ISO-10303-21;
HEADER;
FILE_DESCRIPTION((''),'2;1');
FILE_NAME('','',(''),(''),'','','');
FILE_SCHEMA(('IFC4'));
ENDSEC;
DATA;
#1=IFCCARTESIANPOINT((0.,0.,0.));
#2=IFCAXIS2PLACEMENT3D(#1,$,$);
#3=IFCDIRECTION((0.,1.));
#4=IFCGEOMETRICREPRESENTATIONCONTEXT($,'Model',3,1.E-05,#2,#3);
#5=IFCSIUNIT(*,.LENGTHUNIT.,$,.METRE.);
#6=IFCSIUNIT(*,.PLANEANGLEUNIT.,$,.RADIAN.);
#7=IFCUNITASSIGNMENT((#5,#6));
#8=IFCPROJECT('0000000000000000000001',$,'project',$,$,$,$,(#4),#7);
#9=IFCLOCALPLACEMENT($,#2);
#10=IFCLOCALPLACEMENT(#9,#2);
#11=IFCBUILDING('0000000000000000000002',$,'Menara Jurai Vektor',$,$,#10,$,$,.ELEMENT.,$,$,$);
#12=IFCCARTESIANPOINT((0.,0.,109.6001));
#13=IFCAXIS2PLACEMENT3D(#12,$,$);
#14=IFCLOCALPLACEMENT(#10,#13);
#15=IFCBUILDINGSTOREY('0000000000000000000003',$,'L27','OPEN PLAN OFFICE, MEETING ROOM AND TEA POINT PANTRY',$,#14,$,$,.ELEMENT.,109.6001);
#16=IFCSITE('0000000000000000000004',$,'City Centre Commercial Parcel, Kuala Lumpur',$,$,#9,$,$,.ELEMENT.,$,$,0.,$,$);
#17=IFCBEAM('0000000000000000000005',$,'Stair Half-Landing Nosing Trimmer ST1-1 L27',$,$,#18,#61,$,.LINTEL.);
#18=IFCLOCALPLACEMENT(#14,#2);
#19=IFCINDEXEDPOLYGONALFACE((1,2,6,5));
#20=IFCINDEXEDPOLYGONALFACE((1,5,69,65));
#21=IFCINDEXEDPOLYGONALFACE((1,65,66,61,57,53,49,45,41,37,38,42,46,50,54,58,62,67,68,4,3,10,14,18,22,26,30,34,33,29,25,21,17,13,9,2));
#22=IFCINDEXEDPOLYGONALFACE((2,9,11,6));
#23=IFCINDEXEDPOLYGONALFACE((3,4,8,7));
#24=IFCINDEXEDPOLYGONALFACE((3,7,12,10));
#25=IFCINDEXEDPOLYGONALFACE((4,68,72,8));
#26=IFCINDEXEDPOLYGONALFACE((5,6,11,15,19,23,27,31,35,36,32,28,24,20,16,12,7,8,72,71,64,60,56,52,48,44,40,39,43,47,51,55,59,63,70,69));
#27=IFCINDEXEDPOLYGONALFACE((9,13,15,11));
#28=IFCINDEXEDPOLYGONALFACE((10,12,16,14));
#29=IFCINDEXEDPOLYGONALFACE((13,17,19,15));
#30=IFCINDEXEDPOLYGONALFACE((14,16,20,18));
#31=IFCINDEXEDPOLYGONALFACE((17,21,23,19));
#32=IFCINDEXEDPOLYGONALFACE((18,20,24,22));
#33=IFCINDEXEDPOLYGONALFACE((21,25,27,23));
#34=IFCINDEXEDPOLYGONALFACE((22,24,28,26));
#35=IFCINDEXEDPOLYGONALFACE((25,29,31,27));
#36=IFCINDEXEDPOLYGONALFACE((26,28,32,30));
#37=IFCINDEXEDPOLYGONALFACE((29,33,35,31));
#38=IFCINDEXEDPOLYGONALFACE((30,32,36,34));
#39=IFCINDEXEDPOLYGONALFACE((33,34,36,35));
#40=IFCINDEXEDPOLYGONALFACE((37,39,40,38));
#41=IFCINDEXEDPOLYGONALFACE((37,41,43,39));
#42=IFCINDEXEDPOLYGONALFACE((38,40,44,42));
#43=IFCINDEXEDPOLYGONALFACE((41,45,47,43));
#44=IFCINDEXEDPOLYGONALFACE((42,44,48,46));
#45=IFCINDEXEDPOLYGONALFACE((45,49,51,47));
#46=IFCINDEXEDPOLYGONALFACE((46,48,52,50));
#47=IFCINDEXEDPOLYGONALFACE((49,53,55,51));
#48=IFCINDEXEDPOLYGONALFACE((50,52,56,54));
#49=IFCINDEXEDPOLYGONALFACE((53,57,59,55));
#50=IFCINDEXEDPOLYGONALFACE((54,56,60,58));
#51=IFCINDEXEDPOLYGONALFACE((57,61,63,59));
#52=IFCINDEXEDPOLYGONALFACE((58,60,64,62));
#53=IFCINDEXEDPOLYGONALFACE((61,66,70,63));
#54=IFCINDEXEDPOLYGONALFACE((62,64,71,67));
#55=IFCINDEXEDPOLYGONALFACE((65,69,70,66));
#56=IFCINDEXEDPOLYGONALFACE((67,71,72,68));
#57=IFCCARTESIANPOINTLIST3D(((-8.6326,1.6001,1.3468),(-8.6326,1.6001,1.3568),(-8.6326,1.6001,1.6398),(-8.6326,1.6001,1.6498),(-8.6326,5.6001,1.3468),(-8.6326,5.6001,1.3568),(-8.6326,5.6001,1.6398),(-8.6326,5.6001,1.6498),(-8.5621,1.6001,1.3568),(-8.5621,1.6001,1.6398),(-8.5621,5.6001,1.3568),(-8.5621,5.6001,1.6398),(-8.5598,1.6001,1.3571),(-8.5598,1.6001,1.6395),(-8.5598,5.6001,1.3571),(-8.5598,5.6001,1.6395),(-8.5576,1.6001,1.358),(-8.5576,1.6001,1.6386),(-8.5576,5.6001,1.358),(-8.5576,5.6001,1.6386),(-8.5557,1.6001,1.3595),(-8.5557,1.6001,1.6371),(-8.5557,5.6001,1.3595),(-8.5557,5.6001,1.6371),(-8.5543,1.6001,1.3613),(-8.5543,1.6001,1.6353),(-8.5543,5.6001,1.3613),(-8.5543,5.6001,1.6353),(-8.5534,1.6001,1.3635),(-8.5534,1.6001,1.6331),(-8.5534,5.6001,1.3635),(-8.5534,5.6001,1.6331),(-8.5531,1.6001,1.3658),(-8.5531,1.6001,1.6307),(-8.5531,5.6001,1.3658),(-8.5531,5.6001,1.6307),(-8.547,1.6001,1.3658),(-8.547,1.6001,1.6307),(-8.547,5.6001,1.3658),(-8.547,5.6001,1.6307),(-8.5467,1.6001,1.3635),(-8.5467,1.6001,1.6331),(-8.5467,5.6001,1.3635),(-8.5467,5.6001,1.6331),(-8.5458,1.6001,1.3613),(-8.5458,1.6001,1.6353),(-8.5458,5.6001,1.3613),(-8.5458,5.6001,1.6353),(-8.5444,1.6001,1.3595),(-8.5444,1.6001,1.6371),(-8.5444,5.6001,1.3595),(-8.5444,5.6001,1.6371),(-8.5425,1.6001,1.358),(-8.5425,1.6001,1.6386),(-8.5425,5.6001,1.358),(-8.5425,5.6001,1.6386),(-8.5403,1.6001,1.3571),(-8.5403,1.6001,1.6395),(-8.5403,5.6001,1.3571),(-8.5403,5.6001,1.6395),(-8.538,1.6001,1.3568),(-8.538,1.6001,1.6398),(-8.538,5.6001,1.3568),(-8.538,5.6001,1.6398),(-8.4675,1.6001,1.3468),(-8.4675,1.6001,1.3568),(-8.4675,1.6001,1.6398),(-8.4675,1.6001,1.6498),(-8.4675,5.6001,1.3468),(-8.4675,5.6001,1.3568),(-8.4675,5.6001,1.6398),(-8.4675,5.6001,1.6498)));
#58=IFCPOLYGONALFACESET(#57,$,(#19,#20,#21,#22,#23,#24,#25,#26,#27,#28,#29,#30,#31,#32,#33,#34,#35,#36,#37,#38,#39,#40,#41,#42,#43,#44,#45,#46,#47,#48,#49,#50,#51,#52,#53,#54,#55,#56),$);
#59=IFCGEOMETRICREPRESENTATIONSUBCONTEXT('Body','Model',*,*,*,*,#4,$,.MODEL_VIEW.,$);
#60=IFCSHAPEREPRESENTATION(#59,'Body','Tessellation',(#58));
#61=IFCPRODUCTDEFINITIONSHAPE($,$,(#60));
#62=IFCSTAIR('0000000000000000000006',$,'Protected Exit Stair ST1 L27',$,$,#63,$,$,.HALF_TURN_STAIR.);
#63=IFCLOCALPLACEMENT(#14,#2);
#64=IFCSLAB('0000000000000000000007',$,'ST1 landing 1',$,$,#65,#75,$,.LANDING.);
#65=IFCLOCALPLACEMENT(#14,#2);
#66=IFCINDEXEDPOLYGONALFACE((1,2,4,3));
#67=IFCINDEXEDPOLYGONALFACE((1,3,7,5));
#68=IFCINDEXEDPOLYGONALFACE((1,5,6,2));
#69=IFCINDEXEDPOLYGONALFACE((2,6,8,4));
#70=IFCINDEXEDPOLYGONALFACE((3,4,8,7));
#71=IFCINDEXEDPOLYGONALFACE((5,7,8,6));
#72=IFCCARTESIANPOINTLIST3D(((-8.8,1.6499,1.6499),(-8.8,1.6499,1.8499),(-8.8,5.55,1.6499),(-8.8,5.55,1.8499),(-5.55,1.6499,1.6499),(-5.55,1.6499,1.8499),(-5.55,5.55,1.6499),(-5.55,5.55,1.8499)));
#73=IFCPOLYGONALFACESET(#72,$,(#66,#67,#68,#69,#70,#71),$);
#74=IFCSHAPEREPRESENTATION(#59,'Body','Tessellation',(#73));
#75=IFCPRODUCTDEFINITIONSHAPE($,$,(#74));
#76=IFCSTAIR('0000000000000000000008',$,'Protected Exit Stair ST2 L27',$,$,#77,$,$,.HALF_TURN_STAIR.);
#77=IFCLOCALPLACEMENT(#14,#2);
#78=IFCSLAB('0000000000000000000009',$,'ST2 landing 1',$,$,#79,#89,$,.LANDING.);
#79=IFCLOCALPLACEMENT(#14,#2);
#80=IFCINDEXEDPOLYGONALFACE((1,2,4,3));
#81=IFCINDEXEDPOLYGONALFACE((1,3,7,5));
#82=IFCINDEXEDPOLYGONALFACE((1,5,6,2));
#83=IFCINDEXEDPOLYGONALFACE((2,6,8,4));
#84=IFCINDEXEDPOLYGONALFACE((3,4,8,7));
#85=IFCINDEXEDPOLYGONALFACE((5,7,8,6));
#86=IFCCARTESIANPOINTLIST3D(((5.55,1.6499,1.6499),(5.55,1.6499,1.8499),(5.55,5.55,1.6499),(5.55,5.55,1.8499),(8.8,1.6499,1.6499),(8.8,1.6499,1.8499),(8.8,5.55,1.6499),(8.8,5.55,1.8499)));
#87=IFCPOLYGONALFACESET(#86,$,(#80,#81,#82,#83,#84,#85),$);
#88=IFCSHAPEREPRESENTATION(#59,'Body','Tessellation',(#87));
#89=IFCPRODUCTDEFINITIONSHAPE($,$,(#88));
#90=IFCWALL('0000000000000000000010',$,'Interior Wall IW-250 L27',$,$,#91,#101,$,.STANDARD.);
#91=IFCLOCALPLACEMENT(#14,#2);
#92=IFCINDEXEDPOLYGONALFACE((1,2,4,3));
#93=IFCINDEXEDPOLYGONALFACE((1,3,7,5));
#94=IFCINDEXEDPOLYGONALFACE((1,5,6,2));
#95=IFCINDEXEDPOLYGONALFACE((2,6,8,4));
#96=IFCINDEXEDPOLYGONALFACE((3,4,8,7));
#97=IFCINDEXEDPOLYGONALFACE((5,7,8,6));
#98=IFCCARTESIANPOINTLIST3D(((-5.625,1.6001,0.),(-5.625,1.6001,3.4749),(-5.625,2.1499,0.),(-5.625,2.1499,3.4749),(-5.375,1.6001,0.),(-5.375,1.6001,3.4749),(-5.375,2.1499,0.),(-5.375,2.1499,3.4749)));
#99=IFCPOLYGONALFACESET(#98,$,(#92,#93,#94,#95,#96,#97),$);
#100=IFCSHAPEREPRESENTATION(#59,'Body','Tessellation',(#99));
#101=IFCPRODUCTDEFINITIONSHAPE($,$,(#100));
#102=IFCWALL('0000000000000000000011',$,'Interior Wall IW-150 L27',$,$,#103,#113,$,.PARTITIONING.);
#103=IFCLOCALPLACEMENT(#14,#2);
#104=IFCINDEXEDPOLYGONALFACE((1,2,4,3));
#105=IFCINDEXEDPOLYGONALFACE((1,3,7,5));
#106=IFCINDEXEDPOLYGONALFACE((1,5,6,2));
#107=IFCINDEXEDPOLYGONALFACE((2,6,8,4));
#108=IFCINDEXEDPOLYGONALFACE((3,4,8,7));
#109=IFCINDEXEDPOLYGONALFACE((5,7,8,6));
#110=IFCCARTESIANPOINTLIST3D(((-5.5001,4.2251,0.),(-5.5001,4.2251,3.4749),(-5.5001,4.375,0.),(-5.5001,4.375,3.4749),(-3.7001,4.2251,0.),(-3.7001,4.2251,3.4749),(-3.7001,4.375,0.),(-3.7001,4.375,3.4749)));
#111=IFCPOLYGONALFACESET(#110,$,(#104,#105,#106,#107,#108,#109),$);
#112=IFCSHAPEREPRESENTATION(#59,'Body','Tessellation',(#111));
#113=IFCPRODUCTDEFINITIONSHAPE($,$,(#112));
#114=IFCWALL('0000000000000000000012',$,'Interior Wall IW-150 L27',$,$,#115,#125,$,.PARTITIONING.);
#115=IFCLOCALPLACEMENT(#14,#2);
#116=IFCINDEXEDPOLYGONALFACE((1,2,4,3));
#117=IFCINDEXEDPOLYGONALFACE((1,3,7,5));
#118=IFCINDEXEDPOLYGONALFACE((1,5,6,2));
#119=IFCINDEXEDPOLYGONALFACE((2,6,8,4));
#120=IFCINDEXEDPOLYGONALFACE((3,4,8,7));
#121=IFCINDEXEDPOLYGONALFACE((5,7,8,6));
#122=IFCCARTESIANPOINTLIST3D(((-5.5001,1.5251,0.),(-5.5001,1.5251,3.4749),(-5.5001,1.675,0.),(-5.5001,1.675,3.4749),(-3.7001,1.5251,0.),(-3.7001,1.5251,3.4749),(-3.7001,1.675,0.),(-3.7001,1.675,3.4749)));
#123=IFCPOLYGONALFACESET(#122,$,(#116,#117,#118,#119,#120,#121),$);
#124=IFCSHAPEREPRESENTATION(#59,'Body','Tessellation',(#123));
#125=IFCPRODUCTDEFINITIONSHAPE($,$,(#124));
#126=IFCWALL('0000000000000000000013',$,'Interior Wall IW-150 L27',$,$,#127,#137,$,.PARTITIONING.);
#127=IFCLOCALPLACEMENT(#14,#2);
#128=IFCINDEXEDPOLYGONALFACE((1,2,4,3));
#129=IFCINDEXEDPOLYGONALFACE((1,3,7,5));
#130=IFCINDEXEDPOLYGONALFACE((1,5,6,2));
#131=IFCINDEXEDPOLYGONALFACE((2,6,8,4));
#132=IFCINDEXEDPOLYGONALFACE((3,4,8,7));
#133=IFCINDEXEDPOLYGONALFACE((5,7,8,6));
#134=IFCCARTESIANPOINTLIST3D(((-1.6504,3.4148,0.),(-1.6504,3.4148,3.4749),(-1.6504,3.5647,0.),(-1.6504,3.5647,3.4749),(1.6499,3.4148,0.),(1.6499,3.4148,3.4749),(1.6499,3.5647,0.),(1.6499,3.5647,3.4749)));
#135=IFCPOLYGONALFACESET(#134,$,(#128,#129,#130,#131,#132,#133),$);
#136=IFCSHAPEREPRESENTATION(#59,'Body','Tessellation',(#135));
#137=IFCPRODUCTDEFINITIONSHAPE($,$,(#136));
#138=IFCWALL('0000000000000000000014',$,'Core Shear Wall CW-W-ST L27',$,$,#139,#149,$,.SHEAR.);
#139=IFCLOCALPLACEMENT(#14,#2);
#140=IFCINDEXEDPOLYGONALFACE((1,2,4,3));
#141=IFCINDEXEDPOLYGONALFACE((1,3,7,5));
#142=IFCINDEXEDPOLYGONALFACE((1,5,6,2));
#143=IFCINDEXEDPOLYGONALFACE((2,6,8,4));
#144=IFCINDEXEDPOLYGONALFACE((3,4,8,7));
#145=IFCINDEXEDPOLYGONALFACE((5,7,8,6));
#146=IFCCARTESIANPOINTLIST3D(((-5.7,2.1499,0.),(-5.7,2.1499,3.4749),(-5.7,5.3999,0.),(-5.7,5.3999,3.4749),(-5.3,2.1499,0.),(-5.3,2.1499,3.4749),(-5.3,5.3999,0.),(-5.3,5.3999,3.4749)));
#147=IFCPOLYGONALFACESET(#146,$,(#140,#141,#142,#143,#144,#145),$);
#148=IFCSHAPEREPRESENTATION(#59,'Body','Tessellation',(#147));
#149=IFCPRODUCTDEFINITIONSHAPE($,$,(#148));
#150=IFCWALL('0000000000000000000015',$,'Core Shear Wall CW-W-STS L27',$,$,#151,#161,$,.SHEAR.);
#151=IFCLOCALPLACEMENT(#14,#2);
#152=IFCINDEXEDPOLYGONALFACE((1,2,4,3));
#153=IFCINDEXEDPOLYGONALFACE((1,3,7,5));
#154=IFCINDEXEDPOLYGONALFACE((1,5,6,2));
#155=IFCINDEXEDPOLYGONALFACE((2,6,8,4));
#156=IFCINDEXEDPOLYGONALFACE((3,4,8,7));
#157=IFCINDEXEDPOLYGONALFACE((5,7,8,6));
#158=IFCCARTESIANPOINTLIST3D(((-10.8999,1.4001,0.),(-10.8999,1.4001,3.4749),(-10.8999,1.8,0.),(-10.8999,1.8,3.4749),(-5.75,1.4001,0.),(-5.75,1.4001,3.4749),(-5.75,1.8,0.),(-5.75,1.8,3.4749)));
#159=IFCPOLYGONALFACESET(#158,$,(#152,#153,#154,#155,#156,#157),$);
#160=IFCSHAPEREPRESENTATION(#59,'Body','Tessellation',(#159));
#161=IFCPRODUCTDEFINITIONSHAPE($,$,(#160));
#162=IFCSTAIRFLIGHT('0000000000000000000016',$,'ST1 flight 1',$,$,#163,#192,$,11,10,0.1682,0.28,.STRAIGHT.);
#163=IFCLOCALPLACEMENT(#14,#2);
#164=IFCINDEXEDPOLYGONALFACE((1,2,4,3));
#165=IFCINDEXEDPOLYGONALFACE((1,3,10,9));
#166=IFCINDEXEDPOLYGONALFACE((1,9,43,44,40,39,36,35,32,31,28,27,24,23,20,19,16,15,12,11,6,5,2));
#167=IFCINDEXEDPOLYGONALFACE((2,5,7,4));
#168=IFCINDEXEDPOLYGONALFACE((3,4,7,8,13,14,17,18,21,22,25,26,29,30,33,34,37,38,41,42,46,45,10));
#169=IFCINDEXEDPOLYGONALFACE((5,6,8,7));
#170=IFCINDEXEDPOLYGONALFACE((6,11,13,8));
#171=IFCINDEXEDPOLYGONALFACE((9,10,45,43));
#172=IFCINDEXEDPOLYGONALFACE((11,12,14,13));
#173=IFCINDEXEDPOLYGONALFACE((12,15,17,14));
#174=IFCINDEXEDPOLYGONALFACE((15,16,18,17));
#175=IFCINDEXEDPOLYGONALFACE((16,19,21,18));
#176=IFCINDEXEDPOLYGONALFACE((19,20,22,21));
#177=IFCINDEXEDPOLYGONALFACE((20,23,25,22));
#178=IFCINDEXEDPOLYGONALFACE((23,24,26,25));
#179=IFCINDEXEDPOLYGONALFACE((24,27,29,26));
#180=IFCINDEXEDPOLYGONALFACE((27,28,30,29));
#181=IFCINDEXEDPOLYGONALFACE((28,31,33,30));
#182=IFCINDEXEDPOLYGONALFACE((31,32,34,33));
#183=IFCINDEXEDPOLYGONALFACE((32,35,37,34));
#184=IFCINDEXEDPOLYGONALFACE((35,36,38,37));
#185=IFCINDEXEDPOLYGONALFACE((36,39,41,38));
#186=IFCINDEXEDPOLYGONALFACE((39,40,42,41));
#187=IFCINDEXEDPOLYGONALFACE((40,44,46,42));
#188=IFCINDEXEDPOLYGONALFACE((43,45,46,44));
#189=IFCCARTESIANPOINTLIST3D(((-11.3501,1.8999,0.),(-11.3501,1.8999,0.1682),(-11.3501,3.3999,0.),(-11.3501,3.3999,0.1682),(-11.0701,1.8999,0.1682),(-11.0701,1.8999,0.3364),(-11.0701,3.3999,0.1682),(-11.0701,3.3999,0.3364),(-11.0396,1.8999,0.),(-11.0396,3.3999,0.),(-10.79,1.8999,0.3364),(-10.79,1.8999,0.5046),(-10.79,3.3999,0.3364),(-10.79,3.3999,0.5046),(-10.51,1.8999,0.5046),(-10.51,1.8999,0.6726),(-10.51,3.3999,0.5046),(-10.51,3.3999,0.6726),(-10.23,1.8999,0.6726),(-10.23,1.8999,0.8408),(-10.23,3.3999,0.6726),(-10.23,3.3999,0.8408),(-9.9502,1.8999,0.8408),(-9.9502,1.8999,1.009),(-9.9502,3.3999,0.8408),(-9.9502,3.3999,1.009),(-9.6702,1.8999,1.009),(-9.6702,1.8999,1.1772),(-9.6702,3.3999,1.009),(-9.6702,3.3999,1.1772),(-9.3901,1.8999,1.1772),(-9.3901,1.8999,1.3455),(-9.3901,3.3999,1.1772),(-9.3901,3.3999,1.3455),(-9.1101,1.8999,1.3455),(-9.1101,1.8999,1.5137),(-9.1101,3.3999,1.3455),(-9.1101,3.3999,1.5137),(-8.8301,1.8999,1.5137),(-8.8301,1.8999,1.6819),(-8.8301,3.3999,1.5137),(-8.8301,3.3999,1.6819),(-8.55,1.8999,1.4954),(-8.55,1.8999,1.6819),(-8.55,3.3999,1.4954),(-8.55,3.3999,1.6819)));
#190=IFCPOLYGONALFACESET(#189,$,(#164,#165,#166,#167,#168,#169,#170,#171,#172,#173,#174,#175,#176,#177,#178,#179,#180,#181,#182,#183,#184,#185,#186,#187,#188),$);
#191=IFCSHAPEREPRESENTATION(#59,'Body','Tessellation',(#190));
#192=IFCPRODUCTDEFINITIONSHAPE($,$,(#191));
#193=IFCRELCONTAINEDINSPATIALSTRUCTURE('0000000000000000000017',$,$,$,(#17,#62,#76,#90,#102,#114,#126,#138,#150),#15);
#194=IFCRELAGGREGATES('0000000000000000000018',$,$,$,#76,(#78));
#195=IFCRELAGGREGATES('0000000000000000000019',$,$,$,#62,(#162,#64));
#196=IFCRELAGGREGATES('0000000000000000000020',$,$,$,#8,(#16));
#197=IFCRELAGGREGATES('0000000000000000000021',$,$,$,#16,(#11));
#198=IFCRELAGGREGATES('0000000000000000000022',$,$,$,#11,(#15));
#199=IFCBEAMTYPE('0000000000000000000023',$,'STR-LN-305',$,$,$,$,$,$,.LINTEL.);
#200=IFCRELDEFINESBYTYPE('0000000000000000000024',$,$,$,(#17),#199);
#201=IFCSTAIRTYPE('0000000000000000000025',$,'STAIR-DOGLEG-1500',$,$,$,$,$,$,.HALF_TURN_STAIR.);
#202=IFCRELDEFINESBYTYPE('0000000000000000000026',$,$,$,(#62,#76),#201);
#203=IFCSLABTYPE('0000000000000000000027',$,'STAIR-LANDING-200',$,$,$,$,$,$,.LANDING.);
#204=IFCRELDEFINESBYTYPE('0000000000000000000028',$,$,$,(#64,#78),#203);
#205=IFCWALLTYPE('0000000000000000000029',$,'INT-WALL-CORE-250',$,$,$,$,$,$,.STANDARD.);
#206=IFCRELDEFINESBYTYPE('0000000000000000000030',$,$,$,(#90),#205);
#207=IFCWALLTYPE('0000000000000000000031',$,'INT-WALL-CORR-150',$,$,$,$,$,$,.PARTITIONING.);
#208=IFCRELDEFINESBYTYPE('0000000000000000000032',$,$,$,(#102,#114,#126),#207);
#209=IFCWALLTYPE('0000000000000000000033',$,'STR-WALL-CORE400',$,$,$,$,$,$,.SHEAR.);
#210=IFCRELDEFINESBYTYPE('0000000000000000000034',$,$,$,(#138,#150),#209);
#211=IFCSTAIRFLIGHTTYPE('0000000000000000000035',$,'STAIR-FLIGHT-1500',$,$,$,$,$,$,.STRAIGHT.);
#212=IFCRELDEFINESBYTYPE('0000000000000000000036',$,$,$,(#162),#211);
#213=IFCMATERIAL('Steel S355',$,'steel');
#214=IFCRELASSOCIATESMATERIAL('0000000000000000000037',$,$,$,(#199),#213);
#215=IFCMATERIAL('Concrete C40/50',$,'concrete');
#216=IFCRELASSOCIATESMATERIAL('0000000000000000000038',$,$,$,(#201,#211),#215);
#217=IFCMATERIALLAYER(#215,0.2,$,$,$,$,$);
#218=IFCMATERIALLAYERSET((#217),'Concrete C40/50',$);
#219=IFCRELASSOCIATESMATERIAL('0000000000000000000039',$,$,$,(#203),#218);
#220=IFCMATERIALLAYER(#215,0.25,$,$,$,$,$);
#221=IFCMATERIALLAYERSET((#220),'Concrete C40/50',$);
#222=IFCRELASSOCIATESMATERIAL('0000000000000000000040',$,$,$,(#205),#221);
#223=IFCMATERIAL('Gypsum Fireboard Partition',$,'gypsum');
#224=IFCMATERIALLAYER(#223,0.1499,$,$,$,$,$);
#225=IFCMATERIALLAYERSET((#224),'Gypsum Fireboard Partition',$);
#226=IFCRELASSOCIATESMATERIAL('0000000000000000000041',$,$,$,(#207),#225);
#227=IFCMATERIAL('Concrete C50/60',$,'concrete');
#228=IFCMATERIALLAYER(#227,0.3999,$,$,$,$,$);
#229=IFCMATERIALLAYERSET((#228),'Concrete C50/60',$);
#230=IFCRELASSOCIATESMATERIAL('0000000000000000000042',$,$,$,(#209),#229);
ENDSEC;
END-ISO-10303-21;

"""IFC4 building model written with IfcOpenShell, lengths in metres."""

from ifc_helpers import new_model, si_unit, direction, frame, frame_2d, origin, origin_2d, place, context, subcontext, project, spatial, polyline, rectangle, i_section, outline, extrude, material, layer, layer_set, material_profile, profile_set, type_object, element, aggregate, save


model = new_model("IFC4")

# Units and contexts
model_context = context("Model", 3, precision=1e-05, world=origin(), true_north=direction((0.0, 1.0)))
body_context = subcontext(model_context, "Body", "Model", "MODEL_VIEW")
ifc_project = project(units=[si_unit("LENGTHUNIT", "METRE"), si_unit("PLANEANGLEUNIT", "RADIAN")], contexts=[model_context])

# Site, building, storey
site_placement = place(None, origin())
site = spatial("IfcSite", under=ifc_project, at=site_placement, Name="City Centre Commercial Parcel, Kuala Lumpur", CompositionType="ELEMENT", RefElevation=0.0)
building_placement = place(site_placement, origin())
building = spatial("IfcBuilding", under=site, at=building_placement, Name="Menara Jurai Vektor", CompositionType="ELEMENT")
storey_placement = place(building_placement, frame((0.0, 0.0, 109.6001)))
storey = spatial("IfcBuildingStorey", under=building, at=storey_placement, Name="L27", Description="OPEN PLAN OFFICE, MEETING ROOM AND TEA POINT PANTRY", CompositionType="ELEMENT", Elevation=109.6001)

# Shared definitions
ifc_material_1 = material(Name="Concrete C50/60", Category="concrete")
ifc_material_2 = material(Name="Steel S355", Category="steel")

# Beam
ifc_material_profile_1 = material_profile(ifc_material_2, i_section(OverallWidth=0.165, OverallDepth=0.303, WebThickness=0.0061, FlangeThickness=0.01, FilletRadius=0.009, at=origin_2d()), Name="UKB 305x165x40")
ifc_profile_set_1 = profile_set([ifc_material_profile_1], Name="Steel S355")
beam_type_1 = type_object("IfcBeamType", Name="STR-LN-305", PredefinedType="LINTEL", material=ifc_profile_set_1)
beam_1_placement = place(storey_placement, frame((-8.55, 1.6001, 1.4983), z_axis=(0.0, 1.0, 0.0), x_axis=(-1.0, 0.0, 0.0)))
element("IfcBeam", 1, at=beam_1_placement, inside=storey, type_object=beam_type_1, Name="Stair Half-Landing Nosing Trimmer ST1-1 L27", PredefinedType="LINTEL", context=body_context, shape_type="SweptSolid", body=[
    extrude(i_section(OverallWidth=0.165, OverallDepth=0.303, WebThickness=0.0061, FlangeThickness=0.01, FilletRadius=0.009, at=origin_2d()), origin(), (0.0, 0.0, 1.0), 4.0),
])

# Stairs, slabs
ifc_material_3 = material(Name="Concrete C40/50", Category="concrete")
stair_type = type_object("IfcStairType", Name="STAIR-DOGLEG-1500", PredefinedType="HALF_TURN_STAIR", material=ifc_material_3)
stair_1_placement = place(storey_placement, origin())
stair_1 = element("IfcStair", 2, at=stair_1_placement, inside=storey, type_object=stair_type, Name="Protected Exit Stair ST1 L27", PredefinedType="HALF_TURN_STAIR")
ifc_layer_1 = layer(ifc_material_3, 0.2)
ifc_layer_set_1 = layer_set([ifc_layer_1], Name="Concrete C40/50")
slab_type = type_object("IfcSlabType", Name="STAIR-LANDING-200", PredefinedType="LANDING", material=ifc_layer_set_1)
slab_1_placement = place(storey_placement, frame((0.0, 0.0, 1.6499)))
slab_1 = element("IfcSlab", 3, at=slab_1_placement, type_object=slab_type, Name="ST1 landing 1", PredefinedType="LANDING", context=body_context, shape_type="SweptSolid", body=[
    extrude(outline(polyline([(-8.8, 1.6499), (-5.55, 1.6499), (-5.55, 5.55), (-8.8, 5.55), (-8.8, 1.6499)])), origin(), (0.0, 0.0, 1.0), 0.2),
])
stair_2_placement = place(storey_placement, origin())
stair_2 = element("IfcStair", 4, at=stair_2_placement, inside=storey, type_object=stair_type, Name="Protected Exit Stair ST2 L27", PredefinedType="HALF_TURN_STAIR")
slab_2_placement = place(storey_placement, frame((0.0, 0.0, 1.6499)))
slab_2 = element("IfcSlab", 5, at=slab_2_placement, type_object=slab_type, Name="ST2 landing 1", PredefinedType="LANDING", context=body_context, shape_type="SweptSolid", body=[
    extrude(outline(polyline([(5.55, 1.6499), (8.8, 1.6499), (8.8, 5.55), (5.55, 5.55), (5.55, 1.6499)])), origin(), (0.0, 0.0, 1.0), 0.2),
])
aggregate(stair_2, [slab_2])

# Shared definitions
ifc_layer_2 = layer(ifc_material_3, 0.25)
ifc_layer_set_2 = layer_set([ifc_layer_2], Name="Concrete C40/50")
wall_type_1 = type_object("IfcWallType", Name="INT-WALL-CORE-250", PredefinedType="STANDARD", material=ifc_layer_set_2)

# Walls
wall_1_placement = place(storey_placement, frame((-5.5, 1.6001, 0.0), z_axis=(0.0, 0.0, 1.0), x_axis=(0.0, 1.0, 0.0)))
element("IfcWall", 6, at=wall_1_placement, inside=storey, type_object=wall_type_1, Name="Interior Wall IW-250 L27", PredefinedType="STANDARD", context=body_context, shape_type="SweptSolid", body=[
    extrude(rectangle(XDim=0.5498, YDim=0.25, at=frame_2d((0.2749, 0.0))), origin(), (0.0, 0.0, 1.0), 3.4749),
])
ifc_material_4 = material(Name="Gypsum Fireboard Partition", Category="gypsum")
ifc_layer_3 = layer(ifc_material_4, 0.1499)
ifc_layer_set_3 = layer_set([ifc_layer_3], Name="Gypsum Fireboard Partition")
wall_type_2 = type_object("IfcWallType", Name="INT-WALL-CORR-150", PredefinedType="PARTITIONING", material=ifc_layer_set_3)
for number, where, z_axis, x_axis, name in (
    (7, (-5.5, 4.3, 0.0), (0.0, 0.0, 1.0), (1.0, 0.0, 0.0), "Interior Wall IW-150 L27"),
    (8, (-5.5, 1.6001, 0.0), (0.0, 0.0, 1.0), (1.0, 0.0, 0.0), "Interior Wall IW-150 L27"),
):
    element("IfcWall", number, at=place(storey_placement, frame(where, z_axis=z_axis, x_axis=x_axis)), inside=storey, type_object=wall_type_2, Name=name, PredefinedType="PARTITIONING", context=body_context, shape_type="SweptSolid", body=[
        extrude(rectangle(XDim=1.8, YDim=0.1499, at=frame_2d((0.8999, 0.0))), origin(), (0.0, 0.0, 1.0), 3.4749),
    ])
wall_2_placement = place(storey_placement, frame((-1.6504, 3.4897, 0.0), z_axis=(0.0, 0.0, 1.0), x_axis=(1.0, 0.0, 0.0)))
element("IfcWall", 9, at=wall_2_placement, inside=storey, type_object=wall_type_2, Name="Interior Wall IW-150 L27", PredefinedType="PARTITIONING", context=body_context, shape_type="SweptSolid", body=[
    extrude(rectangle(XDim=3.3003, YDim=0.1499, at=frame_2d((1.6501, 0.0))), origin(), (0.0, 0.0, 1.0), 3.4749),
])
ifc_layer_4 = layer(ifc_material_1, 0.3999)
ifc_layer_set_4 = layer_set([ifc_layer_4], Name="Concrete C50/60")
wall_type_3 = type_object("IfcWallType", Name="STR-WALL-CORE400", PredefinedType="SHEAR", material=ifc_layer_set_4)
wall_3_placement = place(storey_placement, frame((-5.5, 2.1499, 0.0), z_axis=(0.0, 0.0, 1.0), x_axis=(0.0, 1.0, 0.0)))
element("IfcWall", 10, at=wall_3_placement, inside=storey, type_object=wall_type_3, Name="Core Shear Wall CW-W-ST L27", PredefinedType="SHEAR", context=body_context, shape_type="SweptSolid", body=[
    extrude(rectangle(XDim=3.25, YDim=0.3999, at=frame_2d((1.625, 0.0))), origin(), (0.0, 0.0, 1.0), 3.4749),
])
wall_4_placement = place(storey_placement, frame((-10.8999, 1.6001, 0.0), z_axis=(0.0, 0.0, 1.0), x_axis=(1.0, 0.0, 0.0)))
element("IfcWall", 11, at=wall_4_placement, inside=storey, type_object=wall_type_3, Name="Core Shear Wall CW-W-STS L27", PredefinedType="SHEAR", context=body_context, shape_type="SweptSolid", body=[
    extrude(rectangle(XDim=5.1499, YDim=0.3999, at=frame_2d((2.575, 0.0))), origin(), (0.0, 0.0, 1.0), 3.4749),
])

# Stair flight
stair_flight_type = type_object("IfcStairFlightType", Name="STAIR-FLIGHT-1500", PredefinedType="STRAIGHT", material=ifc_material_3)
stair_flight_1_placement = place(storey_placement, frame((-11.3501, 2.6499, 0.0), z_axis=(0.0, 0.0, 1.0), x_axis=(1.0, 0.0, 0.0)))
stair_flight_1 = element("IfcStairFlight", 12, at=stair_flight_1_placement, type_object=stair_flight_type, Name="ST1 flight 1", NumberOfRisers=11, NumberOfTreads=10, PredefinedType="STRAIGHT", RiserHeight=0.1682, TreadLength=0.28, context=body_context, shape_type="SweptSolid", body=[
    extrude(outline(polyline([(0.0, 0.0), (0.0, 0.1682), (0.28, 0.1682), (0.28, 0.3364), (0.5601, 0.3364), (0.5601, 0.5046), (0.8401, 0.5046), (0.8401, 0.6726), (1.1201, 0.6726), (1.1201, 0.8408), (1.3999, 0.8408), (1.3999, 1.009), (1.6799, 1.009), (1.6799, 1.1772), (1.96, 1.1772), (1.96, 1.3455), (2.24, 1.3455), (2.24, 1.5137), (2.52, 1.5137), (2.52, 1.6819), (2.8, 1.6819), (2.8, 1.8501), (2.8, 1.4954), (0.3105, 0.0), (0.0, 0.0)])), frame((0.0, 0.75, 0.0), z_axis=(0.0, -1.0, 0.0), x_axis=(1.0, 0.0, 0.0)), (0.0, 0.0, 1.0), 1.5),
])
aggregate(stair_1, [stair_flight_1, slab_1])

save(model, "model.ifc")
